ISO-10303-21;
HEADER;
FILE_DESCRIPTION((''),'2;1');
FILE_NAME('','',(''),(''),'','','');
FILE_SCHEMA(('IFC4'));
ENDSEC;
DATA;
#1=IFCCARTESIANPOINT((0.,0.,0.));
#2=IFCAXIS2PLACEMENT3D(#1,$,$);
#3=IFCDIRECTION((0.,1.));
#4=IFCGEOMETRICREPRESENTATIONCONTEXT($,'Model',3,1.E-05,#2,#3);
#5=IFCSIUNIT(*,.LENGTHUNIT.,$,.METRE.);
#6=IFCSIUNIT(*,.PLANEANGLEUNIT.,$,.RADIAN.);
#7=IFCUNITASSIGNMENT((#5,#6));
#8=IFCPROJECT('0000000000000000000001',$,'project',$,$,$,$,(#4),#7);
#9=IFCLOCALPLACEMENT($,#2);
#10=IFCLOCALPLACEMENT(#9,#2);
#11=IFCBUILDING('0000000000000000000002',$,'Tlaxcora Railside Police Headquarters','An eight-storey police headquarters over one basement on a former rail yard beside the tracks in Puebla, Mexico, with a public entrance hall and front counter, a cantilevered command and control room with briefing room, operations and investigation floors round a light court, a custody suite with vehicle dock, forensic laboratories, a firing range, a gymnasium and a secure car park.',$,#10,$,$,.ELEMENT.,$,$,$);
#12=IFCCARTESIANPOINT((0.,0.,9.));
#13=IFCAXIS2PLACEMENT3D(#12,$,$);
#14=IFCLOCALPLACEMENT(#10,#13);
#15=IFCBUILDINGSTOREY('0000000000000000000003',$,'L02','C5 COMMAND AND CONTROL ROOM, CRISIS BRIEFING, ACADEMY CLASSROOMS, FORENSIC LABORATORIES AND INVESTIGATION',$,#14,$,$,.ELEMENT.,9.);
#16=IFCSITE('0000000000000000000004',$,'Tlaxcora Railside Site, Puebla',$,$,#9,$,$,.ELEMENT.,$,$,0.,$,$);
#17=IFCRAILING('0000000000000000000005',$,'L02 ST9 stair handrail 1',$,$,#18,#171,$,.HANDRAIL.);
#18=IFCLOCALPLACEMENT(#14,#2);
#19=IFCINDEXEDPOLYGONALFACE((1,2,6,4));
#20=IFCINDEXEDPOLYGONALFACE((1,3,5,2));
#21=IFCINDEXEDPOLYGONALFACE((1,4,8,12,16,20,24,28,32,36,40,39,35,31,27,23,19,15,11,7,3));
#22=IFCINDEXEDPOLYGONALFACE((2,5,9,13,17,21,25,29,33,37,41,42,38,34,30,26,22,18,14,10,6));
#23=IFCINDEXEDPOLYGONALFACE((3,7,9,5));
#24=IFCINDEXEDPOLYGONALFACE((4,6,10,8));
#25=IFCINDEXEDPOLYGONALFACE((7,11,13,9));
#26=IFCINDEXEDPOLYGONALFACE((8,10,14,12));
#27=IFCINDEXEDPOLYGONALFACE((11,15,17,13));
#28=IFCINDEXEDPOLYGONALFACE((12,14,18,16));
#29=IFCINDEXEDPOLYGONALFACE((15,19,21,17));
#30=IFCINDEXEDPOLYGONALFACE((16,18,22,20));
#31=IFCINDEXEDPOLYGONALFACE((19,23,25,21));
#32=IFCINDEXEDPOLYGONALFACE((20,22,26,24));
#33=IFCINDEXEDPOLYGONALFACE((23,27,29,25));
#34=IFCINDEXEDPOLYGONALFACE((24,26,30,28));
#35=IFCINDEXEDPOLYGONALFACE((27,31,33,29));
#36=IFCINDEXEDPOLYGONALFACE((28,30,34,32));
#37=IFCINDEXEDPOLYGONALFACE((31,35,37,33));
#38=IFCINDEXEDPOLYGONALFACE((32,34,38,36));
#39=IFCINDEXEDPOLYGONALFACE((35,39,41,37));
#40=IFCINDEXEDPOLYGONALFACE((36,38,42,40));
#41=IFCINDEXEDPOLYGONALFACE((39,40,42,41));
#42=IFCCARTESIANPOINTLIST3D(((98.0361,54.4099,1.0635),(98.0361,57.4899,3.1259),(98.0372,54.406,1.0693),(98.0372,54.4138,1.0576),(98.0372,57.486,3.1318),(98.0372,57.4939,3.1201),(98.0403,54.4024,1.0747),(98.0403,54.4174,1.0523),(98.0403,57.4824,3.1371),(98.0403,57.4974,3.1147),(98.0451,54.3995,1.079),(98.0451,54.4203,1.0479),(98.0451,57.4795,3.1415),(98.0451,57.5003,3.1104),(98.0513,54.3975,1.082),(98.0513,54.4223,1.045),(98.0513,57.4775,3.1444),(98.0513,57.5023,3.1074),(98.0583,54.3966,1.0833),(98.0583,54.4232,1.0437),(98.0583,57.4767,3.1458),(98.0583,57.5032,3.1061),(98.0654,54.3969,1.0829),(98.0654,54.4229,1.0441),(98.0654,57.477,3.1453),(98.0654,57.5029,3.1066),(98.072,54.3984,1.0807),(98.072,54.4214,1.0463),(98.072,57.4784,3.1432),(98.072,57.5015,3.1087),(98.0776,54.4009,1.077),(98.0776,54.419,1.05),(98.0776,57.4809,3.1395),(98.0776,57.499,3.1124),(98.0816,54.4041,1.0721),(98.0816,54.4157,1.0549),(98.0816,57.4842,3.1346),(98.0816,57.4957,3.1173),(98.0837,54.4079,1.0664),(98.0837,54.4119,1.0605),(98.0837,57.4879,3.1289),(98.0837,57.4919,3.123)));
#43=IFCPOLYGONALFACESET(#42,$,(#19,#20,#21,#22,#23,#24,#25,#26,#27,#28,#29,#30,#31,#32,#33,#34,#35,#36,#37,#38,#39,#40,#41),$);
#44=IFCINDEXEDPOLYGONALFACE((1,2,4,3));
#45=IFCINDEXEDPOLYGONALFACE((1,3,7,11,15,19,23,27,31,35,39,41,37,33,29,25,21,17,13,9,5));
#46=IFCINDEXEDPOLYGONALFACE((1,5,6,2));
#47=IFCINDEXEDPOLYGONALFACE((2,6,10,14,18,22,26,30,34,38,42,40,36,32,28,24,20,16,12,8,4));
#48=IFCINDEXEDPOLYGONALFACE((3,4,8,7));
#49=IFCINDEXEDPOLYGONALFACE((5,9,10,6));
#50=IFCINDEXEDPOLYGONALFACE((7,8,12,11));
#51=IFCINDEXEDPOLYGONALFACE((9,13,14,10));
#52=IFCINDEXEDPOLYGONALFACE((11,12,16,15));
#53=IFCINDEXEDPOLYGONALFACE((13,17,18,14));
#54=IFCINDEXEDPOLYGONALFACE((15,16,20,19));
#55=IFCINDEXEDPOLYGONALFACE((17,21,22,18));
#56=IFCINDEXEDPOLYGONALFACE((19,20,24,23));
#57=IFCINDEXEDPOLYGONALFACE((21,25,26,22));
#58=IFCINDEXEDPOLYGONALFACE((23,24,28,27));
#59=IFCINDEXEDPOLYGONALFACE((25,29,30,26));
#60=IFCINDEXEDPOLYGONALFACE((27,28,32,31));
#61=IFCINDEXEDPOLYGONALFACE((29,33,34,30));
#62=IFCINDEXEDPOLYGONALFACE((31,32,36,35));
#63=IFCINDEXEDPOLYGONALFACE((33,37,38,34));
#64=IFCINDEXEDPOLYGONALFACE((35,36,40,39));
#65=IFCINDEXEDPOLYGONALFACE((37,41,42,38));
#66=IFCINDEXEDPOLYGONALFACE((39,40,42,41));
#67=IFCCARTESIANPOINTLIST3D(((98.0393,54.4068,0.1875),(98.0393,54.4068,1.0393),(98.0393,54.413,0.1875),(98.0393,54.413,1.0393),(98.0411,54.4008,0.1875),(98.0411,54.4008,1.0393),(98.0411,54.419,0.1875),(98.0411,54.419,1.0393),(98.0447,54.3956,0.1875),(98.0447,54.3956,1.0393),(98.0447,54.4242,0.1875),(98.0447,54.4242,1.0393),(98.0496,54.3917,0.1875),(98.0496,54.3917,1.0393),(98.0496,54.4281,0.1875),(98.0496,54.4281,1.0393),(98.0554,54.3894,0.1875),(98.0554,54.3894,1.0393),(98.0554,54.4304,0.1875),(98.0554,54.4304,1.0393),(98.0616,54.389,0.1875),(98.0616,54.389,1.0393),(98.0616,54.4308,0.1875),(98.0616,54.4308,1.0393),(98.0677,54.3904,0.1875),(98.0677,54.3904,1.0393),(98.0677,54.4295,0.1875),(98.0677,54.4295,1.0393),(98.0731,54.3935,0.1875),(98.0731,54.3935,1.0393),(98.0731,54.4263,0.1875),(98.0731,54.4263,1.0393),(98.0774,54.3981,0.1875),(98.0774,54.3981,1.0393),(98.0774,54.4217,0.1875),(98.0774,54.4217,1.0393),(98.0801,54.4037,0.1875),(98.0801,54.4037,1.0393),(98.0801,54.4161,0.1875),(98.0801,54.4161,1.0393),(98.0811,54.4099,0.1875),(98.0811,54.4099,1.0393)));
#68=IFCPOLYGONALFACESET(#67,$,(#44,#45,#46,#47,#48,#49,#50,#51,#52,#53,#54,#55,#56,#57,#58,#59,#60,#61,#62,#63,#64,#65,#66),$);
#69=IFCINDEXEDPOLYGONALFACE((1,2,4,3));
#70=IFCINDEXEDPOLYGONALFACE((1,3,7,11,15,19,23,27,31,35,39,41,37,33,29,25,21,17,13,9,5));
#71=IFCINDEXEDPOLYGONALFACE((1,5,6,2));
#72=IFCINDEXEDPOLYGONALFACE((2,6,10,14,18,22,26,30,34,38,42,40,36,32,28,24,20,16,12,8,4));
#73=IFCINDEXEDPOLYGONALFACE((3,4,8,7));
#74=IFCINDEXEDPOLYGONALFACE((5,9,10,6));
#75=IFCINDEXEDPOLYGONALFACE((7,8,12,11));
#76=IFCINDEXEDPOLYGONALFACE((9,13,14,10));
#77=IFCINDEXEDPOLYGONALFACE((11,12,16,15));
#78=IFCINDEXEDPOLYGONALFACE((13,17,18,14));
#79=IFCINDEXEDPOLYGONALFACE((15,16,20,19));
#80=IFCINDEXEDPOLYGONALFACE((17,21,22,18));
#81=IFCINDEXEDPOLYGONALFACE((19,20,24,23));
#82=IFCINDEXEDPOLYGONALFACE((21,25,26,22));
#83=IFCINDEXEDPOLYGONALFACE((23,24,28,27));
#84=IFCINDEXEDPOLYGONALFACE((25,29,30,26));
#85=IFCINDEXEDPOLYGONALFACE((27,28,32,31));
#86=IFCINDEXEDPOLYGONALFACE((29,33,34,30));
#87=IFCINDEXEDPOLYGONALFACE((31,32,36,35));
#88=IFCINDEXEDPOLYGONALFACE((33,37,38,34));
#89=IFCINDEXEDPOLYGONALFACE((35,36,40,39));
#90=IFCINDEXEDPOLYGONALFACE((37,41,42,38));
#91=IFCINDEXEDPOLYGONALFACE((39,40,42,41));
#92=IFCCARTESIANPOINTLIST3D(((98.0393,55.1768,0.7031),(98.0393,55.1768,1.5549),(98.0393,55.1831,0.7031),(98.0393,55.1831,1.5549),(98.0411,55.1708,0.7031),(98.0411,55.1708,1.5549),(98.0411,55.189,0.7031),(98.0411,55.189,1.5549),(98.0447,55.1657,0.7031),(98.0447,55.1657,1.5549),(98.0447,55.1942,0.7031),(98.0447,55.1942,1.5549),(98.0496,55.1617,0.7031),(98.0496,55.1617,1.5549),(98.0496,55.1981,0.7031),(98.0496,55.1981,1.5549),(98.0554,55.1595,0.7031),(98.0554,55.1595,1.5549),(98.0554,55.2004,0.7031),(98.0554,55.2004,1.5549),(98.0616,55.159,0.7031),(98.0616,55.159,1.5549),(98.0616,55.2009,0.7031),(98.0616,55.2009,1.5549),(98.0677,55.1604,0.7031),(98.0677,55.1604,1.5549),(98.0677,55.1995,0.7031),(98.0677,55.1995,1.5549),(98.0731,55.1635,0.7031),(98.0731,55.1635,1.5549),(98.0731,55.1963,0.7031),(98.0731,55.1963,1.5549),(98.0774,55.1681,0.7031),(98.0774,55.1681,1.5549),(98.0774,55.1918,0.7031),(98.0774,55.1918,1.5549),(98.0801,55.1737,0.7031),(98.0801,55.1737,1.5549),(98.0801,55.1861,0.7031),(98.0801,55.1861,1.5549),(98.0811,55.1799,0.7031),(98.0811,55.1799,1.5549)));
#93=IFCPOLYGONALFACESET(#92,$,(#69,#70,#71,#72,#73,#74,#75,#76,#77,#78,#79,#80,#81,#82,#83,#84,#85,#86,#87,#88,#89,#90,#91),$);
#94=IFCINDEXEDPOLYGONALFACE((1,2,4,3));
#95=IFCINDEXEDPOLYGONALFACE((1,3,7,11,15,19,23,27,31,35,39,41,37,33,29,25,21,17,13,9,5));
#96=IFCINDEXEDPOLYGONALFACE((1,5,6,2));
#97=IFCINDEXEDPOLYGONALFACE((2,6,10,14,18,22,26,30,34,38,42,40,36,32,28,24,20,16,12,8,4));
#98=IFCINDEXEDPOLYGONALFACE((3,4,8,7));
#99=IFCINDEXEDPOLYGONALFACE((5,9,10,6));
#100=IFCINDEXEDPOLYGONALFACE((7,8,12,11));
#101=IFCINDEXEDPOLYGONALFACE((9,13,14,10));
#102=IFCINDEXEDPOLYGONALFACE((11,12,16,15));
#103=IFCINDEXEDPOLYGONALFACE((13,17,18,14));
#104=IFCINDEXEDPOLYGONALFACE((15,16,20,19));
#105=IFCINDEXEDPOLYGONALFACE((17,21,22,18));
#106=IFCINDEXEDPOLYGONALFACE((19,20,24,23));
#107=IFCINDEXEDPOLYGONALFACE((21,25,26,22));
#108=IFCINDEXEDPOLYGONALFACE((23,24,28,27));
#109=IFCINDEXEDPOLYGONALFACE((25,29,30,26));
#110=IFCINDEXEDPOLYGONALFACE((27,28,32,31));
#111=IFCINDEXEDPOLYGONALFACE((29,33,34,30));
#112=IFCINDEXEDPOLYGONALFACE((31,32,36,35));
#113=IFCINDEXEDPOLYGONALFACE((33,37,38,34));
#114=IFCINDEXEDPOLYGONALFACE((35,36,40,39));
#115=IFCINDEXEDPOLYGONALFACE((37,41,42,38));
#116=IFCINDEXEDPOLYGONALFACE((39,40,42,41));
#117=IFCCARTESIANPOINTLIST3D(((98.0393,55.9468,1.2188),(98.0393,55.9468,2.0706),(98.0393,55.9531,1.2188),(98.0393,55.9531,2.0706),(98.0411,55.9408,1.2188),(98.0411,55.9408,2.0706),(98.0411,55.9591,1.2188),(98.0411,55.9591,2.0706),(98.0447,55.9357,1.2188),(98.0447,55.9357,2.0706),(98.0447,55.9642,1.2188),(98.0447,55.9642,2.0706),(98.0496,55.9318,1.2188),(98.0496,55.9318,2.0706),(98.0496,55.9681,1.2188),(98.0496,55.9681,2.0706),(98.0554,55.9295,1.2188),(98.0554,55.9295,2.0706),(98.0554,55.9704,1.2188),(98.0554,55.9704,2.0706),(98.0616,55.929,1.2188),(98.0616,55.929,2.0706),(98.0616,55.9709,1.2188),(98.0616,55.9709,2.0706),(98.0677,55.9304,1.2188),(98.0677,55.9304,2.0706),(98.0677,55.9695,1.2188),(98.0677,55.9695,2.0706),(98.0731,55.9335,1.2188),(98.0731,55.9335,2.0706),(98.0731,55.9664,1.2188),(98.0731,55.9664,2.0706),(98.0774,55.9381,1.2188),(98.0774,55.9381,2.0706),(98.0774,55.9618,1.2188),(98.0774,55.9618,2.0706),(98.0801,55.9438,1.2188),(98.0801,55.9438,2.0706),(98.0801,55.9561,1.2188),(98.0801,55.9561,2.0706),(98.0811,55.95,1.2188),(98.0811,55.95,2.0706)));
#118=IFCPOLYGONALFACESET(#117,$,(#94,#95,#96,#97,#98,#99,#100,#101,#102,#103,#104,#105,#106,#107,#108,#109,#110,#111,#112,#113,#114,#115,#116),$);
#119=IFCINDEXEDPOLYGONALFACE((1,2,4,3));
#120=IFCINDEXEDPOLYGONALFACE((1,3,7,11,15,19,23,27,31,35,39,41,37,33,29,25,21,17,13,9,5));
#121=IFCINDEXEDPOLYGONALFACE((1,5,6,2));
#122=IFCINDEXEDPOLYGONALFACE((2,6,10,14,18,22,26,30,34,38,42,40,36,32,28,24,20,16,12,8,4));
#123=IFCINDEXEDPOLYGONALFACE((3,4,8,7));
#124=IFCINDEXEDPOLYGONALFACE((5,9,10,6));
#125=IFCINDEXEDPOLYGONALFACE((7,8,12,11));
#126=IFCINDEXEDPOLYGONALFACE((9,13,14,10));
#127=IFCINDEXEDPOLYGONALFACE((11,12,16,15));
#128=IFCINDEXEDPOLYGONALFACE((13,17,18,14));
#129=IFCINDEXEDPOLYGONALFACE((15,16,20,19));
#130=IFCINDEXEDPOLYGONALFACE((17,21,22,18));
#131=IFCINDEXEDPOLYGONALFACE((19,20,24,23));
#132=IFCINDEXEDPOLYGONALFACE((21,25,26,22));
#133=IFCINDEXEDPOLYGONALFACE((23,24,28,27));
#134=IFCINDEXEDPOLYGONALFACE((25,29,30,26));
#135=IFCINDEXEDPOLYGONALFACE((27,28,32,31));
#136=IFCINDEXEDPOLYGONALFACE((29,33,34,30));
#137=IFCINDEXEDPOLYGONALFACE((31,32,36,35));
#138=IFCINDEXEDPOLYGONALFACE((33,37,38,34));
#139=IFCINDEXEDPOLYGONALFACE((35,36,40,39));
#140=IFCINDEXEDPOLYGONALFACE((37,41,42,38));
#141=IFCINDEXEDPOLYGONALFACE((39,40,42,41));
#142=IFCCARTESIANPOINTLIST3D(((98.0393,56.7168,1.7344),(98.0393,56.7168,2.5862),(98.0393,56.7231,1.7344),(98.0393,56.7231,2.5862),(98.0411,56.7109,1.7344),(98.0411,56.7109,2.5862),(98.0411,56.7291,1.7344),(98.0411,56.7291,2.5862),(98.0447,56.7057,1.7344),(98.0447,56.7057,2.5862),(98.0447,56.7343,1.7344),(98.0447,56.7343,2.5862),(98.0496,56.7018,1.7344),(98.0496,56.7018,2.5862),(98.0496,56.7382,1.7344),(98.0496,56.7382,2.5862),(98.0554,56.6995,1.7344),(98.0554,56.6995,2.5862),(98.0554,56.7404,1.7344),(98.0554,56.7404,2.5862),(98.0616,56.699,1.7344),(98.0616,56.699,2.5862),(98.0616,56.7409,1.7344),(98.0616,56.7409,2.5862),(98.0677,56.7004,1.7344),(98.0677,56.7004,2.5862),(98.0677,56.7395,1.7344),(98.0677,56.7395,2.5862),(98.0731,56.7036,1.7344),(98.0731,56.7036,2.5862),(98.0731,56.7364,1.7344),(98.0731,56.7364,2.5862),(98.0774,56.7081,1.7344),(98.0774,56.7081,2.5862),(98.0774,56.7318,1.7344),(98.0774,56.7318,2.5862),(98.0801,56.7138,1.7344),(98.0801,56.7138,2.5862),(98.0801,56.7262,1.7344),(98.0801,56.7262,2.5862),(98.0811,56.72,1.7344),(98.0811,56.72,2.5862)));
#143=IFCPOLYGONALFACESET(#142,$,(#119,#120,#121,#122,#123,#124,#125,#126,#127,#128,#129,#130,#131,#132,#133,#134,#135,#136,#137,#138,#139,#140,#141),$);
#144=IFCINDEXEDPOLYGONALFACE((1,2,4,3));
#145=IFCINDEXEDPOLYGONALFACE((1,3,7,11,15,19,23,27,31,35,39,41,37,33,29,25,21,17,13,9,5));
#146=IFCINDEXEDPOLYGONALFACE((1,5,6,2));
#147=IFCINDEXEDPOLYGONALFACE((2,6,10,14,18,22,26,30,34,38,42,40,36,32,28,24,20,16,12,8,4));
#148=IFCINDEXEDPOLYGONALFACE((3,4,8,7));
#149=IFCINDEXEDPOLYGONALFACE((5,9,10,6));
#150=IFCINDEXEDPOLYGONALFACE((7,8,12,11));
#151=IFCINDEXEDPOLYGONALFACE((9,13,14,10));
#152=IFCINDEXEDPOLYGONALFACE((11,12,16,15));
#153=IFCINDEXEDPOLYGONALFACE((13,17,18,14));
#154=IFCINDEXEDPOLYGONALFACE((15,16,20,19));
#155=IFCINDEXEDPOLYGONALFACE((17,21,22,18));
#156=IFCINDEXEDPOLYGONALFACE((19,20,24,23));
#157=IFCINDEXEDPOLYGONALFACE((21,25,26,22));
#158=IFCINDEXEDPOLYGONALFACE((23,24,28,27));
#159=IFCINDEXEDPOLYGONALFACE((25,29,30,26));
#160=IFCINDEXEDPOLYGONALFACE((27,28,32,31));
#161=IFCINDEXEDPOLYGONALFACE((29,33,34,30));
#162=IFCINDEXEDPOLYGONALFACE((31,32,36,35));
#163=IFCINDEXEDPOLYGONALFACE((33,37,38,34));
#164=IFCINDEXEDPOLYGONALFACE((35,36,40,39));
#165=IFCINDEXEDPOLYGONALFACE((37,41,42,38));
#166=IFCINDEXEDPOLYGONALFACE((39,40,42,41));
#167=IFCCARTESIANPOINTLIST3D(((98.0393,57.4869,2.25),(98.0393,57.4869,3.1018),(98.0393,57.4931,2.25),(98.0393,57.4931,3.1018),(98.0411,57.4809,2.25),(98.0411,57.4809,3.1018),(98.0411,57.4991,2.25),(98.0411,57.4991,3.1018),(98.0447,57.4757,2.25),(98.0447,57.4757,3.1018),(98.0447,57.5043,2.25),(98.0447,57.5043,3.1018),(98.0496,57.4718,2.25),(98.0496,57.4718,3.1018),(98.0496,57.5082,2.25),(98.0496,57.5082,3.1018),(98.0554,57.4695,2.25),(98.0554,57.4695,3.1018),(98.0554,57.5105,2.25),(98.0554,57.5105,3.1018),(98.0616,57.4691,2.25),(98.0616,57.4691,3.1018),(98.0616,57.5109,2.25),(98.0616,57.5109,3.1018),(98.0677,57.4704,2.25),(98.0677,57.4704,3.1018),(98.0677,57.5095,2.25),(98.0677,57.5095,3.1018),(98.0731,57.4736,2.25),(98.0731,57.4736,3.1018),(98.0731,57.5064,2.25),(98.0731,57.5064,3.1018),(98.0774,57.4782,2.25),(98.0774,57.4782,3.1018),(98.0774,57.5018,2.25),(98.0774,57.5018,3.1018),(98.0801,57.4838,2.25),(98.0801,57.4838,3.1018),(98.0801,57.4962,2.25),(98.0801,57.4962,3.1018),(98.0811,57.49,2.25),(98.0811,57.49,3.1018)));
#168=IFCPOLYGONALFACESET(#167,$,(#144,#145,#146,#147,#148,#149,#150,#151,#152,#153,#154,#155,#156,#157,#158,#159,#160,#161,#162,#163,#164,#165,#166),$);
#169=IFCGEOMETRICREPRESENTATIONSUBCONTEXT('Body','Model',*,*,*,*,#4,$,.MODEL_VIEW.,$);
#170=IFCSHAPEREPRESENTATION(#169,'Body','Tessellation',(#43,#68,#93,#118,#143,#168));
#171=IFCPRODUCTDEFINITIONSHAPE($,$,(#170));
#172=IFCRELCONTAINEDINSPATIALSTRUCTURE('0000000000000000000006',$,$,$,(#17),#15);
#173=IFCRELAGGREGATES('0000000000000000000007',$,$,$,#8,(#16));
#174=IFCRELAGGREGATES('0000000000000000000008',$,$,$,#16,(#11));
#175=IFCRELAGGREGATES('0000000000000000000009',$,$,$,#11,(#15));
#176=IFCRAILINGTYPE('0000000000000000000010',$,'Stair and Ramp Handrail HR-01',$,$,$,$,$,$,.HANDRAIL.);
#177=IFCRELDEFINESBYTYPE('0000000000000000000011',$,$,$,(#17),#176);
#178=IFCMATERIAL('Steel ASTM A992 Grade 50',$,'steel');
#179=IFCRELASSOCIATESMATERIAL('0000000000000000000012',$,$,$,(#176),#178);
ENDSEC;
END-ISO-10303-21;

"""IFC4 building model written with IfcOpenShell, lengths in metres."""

from ifc_helpers import new_model, si_unit, direction, frame, origin, origin_2d, place, context, subcontext, project, spatial, circle, extrude, material, type_object, element, save


model = new_model("IFC4")

# Units and contexts
model_context = context("Model", 3, precision=1e-05, world=origin(), true_north=direction((0.0, 1.0)))
body_context = subcontext(model_context, "Body", "Model", "MODEL_VIEW")
ifc_project = project(units=[si_unit("LENGTHUNIT", "METRE"), si_unit("PLANEANGLEUNIT", "RADIAN")], contexts=[model_context])

# Site, building, storey
site_placement = place(None, origin())
site = spatial("IfcSite", under=ifc_project, at=site_placement, Name="Tlaxcora Railside Site, Puebla", CompositionType="ELEMENT", RefElevation=0.0)
building_placement = place(site_placement, origin())
building = spatial("IfcBuilding", under=site, at=building_placement, Name="Tlaxcora Railside Police Headquarters", Description="An eight-storey police headquarters over one basement on a former rail yard beside the tracks in Puebla, Mexico, with a public entrance hall and front counter, a cantilevered command and control room with briefing room, operations and investigation floors round a light court, a custody suite with vehicle dock, forensic laboratories, a firing range, a gymnasium and a secure car park.", CompositionType="ELEMENT")
storey_placement = place(building_placement, frame((0.0, 0.0, 9.0)))
storey = spatial("IfcBuildingStorey", under=building, at=storey_placement, Name="L02", Description="C5 COMMAND AND CONTROL ROOM, CRISIS BRIEFING, ACADEMY CLASSROOMS, FORENSIC LABORATORIES AND INVESTIGATION", CompositionType="ELEMENT", Elevation=9.0)

# Shared definitions
ifc_material_1 = material(Name="Steel ASTM A992 Grade 50", Category="steel")

# Railing
railing_type_1 = type_object("IfcRailingType", Name="Stair and Ramp Handrail HR-01", PredefinedType="HANDRAIL", material=ifc_material_1)
railing_1_placement = place(storey_placement, frame((98.0601, 54.4099, 0.1875)))
element("IfcRailing", 1, at=railing_1_placement, inside=storey, type_object=railing_type_1, Name="L02 ST9 stair handrail 1", PredefinedType="HANDRAIL", context=body_context, shape_type="SweptSolid", body=[
    extrude(circle(Radius=0.0239, at=origin_2d()), frame((0.0, 0.0, 0.876), z_axis=(0.0, 0.830914, 0.556401), x_axis=(-1.0, 0.0, 0.0)), (0.0, 0.0, 1.0), 3.7068),
    extrude(circle(Radius=0.021, at=origin_2d()), origin(), (0.0, 0.0, 1.0), 0.8518),
    extrude(circle(Radius=0.021, at=origin_2d()), frame((0.0, 0.77, 0.5156)), (0.0, 0.0, 1.0), 0.8518),
    extrude(circle(Radius=0.021, at=origin_2d()), frame((0.0, 1.54, 1.0312)), (0.0, 0.0, 1.0), 0.8518),
    extrude(circle(Radius=0.021, at=origin_2d()), frame((0.0, 2.3101, 1.5469)), (0.0, 0.0, 1.0), 0.8518),
    extrude(circle(Radius=0.021, at=origin_2d()), frame((0.0, 3.0801, 2.0625)), (0.0, 0.0, 1.0), 0.8518),
])

save(model, "model.ifc")
